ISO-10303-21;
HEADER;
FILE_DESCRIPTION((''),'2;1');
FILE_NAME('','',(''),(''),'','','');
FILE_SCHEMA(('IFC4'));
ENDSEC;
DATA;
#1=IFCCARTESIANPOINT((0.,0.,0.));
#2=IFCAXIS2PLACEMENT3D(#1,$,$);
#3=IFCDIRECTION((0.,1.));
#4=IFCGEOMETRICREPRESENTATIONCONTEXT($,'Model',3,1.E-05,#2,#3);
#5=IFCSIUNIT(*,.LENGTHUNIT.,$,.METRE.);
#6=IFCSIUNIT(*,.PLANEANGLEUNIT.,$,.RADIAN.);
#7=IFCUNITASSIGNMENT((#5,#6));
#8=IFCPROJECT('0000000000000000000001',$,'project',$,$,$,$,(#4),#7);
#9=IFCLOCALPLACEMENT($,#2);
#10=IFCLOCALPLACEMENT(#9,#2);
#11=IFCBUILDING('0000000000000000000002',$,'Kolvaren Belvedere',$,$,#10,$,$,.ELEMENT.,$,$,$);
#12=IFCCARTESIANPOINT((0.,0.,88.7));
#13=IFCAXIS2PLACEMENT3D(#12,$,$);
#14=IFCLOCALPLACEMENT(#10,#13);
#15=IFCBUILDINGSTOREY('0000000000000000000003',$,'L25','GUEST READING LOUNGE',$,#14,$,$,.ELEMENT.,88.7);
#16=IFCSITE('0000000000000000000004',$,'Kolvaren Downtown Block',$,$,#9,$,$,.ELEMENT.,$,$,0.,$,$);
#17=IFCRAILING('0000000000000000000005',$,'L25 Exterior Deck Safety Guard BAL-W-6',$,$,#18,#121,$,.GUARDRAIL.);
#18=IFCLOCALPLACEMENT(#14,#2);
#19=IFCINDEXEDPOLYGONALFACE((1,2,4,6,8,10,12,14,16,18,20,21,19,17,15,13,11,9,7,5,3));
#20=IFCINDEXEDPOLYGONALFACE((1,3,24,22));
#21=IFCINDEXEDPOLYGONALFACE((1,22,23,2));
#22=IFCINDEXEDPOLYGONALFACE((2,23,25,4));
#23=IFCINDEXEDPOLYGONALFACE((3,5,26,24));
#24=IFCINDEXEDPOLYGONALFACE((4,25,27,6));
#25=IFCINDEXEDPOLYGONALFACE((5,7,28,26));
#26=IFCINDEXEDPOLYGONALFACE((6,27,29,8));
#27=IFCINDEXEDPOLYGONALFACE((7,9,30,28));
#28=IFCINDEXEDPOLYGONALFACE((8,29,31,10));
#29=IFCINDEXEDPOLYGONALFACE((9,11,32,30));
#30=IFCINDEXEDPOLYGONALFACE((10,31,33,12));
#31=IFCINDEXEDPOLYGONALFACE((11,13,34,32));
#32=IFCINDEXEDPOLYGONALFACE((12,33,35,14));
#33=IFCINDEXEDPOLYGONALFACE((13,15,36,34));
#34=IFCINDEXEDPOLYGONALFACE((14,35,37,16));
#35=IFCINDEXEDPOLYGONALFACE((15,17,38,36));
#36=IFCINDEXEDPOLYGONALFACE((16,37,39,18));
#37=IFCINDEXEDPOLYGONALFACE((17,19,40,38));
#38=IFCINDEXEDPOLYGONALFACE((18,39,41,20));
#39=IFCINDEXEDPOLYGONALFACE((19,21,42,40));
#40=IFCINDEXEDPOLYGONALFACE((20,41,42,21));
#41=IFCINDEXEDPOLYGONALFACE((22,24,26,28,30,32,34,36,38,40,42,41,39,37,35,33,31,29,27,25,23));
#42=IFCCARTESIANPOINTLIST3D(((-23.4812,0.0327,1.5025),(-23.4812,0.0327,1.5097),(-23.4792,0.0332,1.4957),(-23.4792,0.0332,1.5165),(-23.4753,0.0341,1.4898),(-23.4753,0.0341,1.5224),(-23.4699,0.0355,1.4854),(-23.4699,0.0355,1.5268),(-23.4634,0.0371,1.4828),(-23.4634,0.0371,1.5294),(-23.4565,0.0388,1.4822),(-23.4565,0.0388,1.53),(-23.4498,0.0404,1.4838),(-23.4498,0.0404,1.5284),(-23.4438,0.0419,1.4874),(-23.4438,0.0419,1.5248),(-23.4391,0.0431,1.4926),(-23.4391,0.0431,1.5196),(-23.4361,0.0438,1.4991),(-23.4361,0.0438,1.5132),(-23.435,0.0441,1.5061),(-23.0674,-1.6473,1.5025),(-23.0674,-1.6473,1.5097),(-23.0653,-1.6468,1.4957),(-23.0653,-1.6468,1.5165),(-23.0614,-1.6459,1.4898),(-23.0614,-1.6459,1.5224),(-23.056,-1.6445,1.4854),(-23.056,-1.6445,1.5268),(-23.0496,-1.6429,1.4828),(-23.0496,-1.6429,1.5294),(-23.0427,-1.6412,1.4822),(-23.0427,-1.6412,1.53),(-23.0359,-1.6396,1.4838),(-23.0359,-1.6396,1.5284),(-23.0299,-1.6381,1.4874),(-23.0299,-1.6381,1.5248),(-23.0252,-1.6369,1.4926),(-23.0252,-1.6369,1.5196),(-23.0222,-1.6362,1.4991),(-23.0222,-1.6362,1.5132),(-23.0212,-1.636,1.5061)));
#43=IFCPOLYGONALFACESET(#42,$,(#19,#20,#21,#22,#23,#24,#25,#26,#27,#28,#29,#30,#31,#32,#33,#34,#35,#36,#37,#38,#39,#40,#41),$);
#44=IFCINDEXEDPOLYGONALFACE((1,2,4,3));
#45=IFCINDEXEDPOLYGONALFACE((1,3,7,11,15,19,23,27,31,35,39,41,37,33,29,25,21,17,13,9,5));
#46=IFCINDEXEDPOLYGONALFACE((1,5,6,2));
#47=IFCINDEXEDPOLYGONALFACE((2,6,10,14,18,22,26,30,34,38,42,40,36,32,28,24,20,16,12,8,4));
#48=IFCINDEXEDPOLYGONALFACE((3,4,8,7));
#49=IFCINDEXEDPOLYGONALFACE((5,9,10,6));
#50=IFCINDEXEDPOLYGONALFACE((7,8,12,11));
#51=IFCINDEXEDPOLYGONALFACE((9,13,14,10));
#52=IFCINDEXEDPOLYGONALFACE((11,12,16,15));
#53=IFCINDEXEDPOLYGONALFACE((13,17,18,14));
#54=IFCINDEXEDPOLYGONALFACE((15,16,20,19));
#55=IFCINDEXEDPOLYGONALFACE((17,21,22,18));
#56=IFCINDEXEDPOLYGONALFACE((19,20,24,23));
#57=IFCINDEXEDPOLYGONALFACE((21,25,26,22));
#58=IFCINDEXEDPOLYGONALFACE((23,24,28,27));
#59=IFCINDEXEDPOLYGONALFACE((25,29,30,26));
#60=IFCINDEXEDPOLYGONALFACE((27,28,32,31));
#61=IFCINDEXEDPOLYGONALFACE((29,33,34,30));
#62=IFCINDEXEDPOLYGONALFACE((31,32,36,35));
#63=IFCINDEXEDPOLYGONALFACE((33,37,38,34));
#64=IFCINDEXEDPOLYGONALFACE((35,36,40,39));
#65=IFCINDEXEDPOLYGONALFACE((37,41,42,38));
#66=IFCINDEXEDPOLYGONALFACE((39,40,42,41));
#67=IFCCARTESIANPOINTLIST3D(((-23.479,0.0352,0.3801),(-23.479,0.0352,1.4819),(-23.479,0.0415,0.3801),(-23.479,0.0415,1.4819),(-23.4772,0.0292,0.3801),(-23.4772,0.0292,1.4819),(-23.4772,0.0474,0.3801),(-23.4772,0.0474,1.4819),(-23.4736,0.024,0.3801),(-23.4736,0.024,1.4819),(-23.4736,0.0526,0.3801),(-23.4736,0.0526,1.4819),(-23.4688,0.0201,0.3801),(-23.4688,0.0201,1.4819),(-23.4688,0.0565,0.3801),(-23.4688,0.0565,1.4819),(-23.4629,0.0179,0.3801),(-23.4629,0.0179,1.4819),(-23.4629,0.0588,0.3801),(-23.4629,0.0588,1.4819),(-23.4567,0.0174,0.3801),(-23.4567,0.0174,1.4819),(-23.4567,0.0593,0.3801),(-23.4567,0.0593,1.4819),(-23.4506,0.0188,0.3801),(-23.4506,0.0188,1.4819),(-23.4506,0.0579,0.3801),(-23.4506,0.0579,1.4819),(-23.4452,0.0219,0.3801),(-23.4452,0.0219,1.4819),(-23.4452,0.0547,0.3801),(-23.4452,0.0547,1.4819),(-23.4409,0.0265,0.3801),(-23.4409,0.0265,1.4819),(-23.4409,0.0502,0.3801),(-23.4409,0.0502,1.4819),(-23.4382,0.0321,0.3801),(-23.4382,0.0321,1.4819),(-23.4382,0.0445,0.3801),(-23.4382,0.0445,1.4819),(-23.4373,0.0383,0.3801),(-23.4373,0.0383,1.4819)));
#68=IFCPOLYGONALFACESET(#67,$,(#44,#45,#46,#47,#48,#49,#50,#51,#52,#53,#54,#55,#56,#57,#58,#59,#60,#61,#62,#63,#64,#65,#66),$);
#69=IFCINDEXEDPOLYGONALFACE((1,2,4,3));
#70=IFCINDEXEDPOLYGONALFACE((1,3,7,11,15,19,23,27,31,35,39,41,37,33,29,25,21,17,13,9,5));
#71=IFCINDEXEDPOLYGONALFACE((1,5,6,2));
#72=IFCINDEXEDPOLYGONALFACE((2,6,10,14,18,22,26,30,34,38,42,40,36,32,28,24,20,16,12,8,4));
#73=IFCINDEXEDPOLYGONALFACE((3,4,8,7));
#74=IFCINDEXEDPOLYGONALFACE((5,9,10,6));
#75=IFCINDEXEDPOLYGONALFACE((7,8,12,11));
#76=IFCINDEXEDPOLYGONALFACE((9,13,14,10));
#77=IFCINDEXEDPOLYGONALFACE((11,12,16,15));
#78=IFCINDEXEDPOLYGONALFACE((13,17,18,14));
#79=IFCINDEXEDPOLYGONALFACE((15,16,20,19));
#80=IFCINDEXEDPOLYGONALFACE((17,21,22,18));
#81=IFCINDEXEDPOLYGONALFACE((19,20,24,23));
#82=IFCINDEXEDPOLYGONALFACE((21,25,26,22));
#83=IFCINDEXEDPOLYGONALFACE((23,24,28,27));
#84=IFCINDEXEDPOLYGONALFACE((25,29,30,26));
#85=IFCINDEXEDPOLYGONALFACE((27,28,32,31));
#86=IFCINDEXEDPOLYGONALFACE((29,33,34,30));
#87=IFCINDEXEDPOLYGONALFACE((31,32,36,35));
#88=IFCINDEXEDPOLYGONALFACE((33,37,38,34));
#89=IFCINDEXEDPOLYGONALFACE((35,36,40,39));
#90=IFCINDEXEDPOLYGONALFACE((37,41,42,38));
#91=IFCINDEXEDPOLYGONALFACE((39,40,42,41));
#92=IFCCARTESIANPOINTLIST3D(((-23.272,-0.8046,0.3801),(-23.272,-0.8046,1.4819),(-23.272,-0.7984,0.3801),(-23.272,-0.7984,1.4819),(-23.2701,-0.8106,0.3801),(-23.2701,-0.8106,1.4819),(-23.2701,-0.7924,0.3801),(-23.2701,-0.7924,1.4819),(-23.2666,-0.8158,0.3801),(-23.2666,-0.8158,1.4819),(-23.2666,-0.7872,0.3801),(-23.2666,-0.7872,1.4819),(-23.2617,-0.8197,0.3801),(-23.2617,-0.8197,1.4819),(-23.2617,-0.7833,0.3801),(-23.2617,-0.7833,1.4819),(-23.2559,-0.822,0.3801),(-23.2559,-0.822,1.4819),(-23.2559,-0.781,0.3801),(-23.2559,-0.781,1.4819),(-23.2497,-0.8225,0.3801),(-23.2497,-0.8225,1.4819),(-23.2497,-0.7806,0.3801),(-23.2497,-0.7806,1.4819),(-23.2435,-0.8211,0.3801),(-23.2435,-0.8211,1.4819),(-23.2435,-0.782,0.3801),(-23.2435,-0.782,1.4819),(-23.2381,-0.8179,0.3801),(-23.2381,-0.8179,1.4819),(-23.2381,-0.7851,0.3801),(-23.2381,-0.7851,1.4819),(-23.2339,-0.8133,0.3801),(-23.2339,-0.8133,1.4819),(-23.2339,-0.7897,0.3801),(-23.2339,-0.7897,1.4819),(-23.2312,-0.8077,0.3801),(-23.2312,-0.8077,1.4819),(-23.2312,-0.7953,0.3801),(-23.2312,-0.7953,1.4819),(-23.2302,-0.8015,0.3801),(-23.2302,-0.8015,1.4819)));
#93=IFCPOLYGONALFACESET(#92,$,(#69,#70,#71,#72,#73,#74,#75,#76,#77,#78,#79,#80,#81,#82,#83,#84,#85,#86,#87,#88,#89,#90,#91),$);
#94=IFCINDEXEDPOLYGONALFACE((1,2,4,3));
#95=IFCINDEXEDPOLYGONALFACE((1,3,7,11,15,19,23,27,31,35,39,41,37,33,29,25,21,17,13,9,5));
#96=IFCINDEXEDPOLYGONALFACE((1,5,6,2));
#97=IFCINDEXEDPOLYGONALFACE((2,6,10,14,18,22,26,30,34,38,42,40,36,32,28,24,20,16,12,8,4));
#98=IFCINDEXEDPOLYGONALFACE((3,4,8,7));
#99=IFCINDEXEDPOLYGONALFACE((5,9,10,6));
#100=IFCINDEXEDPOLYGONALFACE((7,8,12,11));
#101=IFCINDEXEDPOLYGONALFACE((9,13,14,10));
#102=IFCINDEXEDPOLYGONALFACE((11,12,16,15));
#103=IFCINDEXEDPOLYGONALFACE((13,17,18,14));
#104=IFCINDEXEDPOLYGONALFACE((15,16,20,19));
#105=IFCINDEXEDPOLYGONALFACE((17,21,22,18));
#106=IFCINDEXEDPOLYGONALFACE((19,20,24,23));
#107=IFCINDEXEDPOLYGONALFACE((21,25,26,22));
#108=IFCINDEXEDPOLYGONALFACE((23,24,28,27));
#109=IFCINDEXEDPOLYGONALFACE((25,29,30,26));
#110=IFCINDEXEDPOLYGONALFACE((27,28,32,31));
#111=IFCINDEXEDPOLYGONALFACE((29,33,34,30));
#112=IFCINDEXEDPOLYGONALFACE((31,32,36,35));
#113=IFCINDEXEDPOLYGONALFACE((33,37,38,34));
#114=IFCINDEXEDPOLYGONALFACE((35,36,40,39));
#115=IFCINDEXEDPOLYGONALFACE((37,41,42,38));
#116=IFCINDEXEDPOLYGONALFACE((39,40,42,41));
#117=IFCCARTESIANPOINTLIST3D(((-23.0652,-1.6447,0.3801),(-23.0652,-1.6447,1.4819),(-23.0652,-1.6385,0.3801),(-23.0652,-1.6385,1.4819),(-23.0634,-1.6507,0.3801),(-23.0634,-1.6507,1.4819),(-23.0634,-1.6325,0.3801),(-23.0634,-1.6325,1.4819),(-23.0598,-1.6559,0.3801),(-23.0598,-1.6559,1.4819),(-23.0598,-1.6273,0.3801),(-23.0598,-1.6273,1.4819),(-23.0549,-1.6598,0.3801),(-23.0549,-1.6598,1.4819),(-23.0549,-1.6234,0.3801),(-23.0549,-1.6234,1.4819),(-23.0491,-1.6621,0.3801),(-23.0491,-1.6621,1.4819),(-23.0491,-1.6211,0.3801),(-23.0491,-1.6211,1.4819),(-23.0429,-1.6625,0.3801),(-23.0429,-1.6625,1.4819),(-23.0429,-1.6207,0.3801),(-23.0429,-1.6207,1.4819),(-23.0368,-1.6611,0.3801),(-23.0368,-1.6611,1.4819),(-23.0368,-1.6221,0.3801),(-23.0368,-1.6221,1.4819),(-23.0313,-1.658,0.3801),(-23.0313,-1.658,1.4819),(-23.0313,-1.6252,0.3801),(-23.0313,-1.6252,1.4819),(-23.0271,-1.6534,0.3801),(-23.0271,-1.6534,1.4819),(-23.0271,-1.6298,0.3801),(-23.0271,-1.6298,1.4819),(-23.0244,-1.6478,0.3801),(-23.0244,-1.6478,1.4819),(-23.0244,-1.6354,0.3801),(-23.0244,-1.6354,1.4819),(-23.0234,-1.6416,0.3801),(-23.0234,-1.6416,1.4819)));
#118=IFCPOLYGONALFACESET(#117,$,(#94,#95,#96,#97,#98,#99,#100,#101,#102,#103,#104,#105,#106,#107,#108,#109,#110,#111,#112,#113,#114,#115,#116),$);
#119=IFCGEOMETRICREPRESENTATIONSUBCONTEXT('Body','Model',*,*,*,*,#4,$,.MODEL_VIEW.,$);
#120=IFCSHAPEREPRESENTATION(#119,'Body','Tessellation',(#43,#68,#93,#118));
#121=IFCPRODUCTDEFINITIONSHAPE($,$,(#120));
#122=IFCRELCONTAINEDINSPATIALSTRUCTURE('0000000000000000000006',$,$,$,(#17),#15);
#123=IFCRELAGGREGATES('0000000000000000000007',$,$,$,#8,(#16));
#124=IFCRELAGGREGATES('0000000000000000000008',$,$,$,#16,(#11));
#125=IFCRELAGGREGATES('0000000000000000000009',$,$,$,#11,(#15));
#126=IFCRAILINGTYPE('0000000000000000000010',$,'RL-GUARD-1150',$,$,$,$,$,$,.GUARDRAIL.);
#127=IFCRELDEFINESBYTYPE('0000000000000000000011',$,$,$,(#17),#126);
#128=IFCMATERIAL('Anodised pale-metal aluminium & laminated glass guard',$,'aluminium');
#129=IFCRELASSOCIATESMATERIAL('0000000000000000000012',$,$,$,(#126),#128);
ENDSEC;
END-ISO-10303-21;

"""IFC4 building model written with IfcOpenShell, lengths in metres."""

from ifc_helpers import new_model, si_unit, direction, frame, origin, origin_2d, place, context, subcontext, project, spatial, circle, extrude, material, type_object, element, save


model = new_model("IFC4")

# Units and contexts
model_context = context("Model", 3, precision=1e-05, world=origin(), true_north=direction((0.0, 1.0)))
body_context = subcontext(model_context, "Body", "Model", "MODEL_VIEW")
ifc_project = project(units=[si_unit("LENGTHUNIT", "METRE"), si_unit("PLANEANGLEUNIT", "RADIAN")], contexts=[model_context])

# Site, building, storey
site_placement = place(None, origin())
site = spatial("IfcSite", under=ifc_project, at=site_placement, Name="Kolvaren Downtown Block", CompositionType="ELEMENT", RefElevation=0.0)
building_placement = place(site_placement, origin())
building = spatial("IfcBuilding", under=site, at=building_placement, Name="Kolvaren Belvedere", CompositionType="ELEMENT")
storey_placement = place(building_placement, frame((0.0, 0.0, 88.7)))
storey = spatial("IfcBuildingStorey", under=building, at=storey_placement, Name="L25", Description="GUEST READING LOUNGE", CompositionType="ELEMENT", Elevation=88.7)

# Railing
ifc_material_1 = material(Name="Anodised pale-metal aluminium & laminated glass guard", Category="aluminium")
railing_type = type_object("IfcRailingType", Name="RL-GUARD-1150", PredefinedType="GUARDRAIL", material=ifc_material_1)
railing_1_placement = place(storey_placement, frame((-23.4583, 0.0383, 0.3801)))
element("IfcRailing", 1, at=railing_1_placement, inside=storey, type_object=railing_type, Name="L25 Exterior Deck Safety Guard BAL-W-6", PredefinedType="GUARDRAIL", context=body_context, shape_type="SweptSolid", body=[
    extrude(circle(Radius=0.0239, at=origin_2d()), frame((0.0, 0.0, 1.126), z_axis=(0.239181, -0.970975, 0.0), x_axis=(0.970975, 0.239181, 0.0)), (0.0, 0.0, 1.0), 1.7302),
    extrude(circle(Radius=0.021, at=origin_2d()), origin(), (0.0, 0.0, 1.0), 1.1018),
    extrude(circle(Radius=0.021, at=origin_2d()), frame((0.207, -0.8398, 0.0)), (0.0, 0.0, 1.0), 1.1018),
    extrude(circle(Radius=0.021, at=origin_2d()), frame((0.4138, -1.6799, 0.0)), (0.0, 0.0, 1.0), 1.1018),
])

save(model, "model.ifc")
